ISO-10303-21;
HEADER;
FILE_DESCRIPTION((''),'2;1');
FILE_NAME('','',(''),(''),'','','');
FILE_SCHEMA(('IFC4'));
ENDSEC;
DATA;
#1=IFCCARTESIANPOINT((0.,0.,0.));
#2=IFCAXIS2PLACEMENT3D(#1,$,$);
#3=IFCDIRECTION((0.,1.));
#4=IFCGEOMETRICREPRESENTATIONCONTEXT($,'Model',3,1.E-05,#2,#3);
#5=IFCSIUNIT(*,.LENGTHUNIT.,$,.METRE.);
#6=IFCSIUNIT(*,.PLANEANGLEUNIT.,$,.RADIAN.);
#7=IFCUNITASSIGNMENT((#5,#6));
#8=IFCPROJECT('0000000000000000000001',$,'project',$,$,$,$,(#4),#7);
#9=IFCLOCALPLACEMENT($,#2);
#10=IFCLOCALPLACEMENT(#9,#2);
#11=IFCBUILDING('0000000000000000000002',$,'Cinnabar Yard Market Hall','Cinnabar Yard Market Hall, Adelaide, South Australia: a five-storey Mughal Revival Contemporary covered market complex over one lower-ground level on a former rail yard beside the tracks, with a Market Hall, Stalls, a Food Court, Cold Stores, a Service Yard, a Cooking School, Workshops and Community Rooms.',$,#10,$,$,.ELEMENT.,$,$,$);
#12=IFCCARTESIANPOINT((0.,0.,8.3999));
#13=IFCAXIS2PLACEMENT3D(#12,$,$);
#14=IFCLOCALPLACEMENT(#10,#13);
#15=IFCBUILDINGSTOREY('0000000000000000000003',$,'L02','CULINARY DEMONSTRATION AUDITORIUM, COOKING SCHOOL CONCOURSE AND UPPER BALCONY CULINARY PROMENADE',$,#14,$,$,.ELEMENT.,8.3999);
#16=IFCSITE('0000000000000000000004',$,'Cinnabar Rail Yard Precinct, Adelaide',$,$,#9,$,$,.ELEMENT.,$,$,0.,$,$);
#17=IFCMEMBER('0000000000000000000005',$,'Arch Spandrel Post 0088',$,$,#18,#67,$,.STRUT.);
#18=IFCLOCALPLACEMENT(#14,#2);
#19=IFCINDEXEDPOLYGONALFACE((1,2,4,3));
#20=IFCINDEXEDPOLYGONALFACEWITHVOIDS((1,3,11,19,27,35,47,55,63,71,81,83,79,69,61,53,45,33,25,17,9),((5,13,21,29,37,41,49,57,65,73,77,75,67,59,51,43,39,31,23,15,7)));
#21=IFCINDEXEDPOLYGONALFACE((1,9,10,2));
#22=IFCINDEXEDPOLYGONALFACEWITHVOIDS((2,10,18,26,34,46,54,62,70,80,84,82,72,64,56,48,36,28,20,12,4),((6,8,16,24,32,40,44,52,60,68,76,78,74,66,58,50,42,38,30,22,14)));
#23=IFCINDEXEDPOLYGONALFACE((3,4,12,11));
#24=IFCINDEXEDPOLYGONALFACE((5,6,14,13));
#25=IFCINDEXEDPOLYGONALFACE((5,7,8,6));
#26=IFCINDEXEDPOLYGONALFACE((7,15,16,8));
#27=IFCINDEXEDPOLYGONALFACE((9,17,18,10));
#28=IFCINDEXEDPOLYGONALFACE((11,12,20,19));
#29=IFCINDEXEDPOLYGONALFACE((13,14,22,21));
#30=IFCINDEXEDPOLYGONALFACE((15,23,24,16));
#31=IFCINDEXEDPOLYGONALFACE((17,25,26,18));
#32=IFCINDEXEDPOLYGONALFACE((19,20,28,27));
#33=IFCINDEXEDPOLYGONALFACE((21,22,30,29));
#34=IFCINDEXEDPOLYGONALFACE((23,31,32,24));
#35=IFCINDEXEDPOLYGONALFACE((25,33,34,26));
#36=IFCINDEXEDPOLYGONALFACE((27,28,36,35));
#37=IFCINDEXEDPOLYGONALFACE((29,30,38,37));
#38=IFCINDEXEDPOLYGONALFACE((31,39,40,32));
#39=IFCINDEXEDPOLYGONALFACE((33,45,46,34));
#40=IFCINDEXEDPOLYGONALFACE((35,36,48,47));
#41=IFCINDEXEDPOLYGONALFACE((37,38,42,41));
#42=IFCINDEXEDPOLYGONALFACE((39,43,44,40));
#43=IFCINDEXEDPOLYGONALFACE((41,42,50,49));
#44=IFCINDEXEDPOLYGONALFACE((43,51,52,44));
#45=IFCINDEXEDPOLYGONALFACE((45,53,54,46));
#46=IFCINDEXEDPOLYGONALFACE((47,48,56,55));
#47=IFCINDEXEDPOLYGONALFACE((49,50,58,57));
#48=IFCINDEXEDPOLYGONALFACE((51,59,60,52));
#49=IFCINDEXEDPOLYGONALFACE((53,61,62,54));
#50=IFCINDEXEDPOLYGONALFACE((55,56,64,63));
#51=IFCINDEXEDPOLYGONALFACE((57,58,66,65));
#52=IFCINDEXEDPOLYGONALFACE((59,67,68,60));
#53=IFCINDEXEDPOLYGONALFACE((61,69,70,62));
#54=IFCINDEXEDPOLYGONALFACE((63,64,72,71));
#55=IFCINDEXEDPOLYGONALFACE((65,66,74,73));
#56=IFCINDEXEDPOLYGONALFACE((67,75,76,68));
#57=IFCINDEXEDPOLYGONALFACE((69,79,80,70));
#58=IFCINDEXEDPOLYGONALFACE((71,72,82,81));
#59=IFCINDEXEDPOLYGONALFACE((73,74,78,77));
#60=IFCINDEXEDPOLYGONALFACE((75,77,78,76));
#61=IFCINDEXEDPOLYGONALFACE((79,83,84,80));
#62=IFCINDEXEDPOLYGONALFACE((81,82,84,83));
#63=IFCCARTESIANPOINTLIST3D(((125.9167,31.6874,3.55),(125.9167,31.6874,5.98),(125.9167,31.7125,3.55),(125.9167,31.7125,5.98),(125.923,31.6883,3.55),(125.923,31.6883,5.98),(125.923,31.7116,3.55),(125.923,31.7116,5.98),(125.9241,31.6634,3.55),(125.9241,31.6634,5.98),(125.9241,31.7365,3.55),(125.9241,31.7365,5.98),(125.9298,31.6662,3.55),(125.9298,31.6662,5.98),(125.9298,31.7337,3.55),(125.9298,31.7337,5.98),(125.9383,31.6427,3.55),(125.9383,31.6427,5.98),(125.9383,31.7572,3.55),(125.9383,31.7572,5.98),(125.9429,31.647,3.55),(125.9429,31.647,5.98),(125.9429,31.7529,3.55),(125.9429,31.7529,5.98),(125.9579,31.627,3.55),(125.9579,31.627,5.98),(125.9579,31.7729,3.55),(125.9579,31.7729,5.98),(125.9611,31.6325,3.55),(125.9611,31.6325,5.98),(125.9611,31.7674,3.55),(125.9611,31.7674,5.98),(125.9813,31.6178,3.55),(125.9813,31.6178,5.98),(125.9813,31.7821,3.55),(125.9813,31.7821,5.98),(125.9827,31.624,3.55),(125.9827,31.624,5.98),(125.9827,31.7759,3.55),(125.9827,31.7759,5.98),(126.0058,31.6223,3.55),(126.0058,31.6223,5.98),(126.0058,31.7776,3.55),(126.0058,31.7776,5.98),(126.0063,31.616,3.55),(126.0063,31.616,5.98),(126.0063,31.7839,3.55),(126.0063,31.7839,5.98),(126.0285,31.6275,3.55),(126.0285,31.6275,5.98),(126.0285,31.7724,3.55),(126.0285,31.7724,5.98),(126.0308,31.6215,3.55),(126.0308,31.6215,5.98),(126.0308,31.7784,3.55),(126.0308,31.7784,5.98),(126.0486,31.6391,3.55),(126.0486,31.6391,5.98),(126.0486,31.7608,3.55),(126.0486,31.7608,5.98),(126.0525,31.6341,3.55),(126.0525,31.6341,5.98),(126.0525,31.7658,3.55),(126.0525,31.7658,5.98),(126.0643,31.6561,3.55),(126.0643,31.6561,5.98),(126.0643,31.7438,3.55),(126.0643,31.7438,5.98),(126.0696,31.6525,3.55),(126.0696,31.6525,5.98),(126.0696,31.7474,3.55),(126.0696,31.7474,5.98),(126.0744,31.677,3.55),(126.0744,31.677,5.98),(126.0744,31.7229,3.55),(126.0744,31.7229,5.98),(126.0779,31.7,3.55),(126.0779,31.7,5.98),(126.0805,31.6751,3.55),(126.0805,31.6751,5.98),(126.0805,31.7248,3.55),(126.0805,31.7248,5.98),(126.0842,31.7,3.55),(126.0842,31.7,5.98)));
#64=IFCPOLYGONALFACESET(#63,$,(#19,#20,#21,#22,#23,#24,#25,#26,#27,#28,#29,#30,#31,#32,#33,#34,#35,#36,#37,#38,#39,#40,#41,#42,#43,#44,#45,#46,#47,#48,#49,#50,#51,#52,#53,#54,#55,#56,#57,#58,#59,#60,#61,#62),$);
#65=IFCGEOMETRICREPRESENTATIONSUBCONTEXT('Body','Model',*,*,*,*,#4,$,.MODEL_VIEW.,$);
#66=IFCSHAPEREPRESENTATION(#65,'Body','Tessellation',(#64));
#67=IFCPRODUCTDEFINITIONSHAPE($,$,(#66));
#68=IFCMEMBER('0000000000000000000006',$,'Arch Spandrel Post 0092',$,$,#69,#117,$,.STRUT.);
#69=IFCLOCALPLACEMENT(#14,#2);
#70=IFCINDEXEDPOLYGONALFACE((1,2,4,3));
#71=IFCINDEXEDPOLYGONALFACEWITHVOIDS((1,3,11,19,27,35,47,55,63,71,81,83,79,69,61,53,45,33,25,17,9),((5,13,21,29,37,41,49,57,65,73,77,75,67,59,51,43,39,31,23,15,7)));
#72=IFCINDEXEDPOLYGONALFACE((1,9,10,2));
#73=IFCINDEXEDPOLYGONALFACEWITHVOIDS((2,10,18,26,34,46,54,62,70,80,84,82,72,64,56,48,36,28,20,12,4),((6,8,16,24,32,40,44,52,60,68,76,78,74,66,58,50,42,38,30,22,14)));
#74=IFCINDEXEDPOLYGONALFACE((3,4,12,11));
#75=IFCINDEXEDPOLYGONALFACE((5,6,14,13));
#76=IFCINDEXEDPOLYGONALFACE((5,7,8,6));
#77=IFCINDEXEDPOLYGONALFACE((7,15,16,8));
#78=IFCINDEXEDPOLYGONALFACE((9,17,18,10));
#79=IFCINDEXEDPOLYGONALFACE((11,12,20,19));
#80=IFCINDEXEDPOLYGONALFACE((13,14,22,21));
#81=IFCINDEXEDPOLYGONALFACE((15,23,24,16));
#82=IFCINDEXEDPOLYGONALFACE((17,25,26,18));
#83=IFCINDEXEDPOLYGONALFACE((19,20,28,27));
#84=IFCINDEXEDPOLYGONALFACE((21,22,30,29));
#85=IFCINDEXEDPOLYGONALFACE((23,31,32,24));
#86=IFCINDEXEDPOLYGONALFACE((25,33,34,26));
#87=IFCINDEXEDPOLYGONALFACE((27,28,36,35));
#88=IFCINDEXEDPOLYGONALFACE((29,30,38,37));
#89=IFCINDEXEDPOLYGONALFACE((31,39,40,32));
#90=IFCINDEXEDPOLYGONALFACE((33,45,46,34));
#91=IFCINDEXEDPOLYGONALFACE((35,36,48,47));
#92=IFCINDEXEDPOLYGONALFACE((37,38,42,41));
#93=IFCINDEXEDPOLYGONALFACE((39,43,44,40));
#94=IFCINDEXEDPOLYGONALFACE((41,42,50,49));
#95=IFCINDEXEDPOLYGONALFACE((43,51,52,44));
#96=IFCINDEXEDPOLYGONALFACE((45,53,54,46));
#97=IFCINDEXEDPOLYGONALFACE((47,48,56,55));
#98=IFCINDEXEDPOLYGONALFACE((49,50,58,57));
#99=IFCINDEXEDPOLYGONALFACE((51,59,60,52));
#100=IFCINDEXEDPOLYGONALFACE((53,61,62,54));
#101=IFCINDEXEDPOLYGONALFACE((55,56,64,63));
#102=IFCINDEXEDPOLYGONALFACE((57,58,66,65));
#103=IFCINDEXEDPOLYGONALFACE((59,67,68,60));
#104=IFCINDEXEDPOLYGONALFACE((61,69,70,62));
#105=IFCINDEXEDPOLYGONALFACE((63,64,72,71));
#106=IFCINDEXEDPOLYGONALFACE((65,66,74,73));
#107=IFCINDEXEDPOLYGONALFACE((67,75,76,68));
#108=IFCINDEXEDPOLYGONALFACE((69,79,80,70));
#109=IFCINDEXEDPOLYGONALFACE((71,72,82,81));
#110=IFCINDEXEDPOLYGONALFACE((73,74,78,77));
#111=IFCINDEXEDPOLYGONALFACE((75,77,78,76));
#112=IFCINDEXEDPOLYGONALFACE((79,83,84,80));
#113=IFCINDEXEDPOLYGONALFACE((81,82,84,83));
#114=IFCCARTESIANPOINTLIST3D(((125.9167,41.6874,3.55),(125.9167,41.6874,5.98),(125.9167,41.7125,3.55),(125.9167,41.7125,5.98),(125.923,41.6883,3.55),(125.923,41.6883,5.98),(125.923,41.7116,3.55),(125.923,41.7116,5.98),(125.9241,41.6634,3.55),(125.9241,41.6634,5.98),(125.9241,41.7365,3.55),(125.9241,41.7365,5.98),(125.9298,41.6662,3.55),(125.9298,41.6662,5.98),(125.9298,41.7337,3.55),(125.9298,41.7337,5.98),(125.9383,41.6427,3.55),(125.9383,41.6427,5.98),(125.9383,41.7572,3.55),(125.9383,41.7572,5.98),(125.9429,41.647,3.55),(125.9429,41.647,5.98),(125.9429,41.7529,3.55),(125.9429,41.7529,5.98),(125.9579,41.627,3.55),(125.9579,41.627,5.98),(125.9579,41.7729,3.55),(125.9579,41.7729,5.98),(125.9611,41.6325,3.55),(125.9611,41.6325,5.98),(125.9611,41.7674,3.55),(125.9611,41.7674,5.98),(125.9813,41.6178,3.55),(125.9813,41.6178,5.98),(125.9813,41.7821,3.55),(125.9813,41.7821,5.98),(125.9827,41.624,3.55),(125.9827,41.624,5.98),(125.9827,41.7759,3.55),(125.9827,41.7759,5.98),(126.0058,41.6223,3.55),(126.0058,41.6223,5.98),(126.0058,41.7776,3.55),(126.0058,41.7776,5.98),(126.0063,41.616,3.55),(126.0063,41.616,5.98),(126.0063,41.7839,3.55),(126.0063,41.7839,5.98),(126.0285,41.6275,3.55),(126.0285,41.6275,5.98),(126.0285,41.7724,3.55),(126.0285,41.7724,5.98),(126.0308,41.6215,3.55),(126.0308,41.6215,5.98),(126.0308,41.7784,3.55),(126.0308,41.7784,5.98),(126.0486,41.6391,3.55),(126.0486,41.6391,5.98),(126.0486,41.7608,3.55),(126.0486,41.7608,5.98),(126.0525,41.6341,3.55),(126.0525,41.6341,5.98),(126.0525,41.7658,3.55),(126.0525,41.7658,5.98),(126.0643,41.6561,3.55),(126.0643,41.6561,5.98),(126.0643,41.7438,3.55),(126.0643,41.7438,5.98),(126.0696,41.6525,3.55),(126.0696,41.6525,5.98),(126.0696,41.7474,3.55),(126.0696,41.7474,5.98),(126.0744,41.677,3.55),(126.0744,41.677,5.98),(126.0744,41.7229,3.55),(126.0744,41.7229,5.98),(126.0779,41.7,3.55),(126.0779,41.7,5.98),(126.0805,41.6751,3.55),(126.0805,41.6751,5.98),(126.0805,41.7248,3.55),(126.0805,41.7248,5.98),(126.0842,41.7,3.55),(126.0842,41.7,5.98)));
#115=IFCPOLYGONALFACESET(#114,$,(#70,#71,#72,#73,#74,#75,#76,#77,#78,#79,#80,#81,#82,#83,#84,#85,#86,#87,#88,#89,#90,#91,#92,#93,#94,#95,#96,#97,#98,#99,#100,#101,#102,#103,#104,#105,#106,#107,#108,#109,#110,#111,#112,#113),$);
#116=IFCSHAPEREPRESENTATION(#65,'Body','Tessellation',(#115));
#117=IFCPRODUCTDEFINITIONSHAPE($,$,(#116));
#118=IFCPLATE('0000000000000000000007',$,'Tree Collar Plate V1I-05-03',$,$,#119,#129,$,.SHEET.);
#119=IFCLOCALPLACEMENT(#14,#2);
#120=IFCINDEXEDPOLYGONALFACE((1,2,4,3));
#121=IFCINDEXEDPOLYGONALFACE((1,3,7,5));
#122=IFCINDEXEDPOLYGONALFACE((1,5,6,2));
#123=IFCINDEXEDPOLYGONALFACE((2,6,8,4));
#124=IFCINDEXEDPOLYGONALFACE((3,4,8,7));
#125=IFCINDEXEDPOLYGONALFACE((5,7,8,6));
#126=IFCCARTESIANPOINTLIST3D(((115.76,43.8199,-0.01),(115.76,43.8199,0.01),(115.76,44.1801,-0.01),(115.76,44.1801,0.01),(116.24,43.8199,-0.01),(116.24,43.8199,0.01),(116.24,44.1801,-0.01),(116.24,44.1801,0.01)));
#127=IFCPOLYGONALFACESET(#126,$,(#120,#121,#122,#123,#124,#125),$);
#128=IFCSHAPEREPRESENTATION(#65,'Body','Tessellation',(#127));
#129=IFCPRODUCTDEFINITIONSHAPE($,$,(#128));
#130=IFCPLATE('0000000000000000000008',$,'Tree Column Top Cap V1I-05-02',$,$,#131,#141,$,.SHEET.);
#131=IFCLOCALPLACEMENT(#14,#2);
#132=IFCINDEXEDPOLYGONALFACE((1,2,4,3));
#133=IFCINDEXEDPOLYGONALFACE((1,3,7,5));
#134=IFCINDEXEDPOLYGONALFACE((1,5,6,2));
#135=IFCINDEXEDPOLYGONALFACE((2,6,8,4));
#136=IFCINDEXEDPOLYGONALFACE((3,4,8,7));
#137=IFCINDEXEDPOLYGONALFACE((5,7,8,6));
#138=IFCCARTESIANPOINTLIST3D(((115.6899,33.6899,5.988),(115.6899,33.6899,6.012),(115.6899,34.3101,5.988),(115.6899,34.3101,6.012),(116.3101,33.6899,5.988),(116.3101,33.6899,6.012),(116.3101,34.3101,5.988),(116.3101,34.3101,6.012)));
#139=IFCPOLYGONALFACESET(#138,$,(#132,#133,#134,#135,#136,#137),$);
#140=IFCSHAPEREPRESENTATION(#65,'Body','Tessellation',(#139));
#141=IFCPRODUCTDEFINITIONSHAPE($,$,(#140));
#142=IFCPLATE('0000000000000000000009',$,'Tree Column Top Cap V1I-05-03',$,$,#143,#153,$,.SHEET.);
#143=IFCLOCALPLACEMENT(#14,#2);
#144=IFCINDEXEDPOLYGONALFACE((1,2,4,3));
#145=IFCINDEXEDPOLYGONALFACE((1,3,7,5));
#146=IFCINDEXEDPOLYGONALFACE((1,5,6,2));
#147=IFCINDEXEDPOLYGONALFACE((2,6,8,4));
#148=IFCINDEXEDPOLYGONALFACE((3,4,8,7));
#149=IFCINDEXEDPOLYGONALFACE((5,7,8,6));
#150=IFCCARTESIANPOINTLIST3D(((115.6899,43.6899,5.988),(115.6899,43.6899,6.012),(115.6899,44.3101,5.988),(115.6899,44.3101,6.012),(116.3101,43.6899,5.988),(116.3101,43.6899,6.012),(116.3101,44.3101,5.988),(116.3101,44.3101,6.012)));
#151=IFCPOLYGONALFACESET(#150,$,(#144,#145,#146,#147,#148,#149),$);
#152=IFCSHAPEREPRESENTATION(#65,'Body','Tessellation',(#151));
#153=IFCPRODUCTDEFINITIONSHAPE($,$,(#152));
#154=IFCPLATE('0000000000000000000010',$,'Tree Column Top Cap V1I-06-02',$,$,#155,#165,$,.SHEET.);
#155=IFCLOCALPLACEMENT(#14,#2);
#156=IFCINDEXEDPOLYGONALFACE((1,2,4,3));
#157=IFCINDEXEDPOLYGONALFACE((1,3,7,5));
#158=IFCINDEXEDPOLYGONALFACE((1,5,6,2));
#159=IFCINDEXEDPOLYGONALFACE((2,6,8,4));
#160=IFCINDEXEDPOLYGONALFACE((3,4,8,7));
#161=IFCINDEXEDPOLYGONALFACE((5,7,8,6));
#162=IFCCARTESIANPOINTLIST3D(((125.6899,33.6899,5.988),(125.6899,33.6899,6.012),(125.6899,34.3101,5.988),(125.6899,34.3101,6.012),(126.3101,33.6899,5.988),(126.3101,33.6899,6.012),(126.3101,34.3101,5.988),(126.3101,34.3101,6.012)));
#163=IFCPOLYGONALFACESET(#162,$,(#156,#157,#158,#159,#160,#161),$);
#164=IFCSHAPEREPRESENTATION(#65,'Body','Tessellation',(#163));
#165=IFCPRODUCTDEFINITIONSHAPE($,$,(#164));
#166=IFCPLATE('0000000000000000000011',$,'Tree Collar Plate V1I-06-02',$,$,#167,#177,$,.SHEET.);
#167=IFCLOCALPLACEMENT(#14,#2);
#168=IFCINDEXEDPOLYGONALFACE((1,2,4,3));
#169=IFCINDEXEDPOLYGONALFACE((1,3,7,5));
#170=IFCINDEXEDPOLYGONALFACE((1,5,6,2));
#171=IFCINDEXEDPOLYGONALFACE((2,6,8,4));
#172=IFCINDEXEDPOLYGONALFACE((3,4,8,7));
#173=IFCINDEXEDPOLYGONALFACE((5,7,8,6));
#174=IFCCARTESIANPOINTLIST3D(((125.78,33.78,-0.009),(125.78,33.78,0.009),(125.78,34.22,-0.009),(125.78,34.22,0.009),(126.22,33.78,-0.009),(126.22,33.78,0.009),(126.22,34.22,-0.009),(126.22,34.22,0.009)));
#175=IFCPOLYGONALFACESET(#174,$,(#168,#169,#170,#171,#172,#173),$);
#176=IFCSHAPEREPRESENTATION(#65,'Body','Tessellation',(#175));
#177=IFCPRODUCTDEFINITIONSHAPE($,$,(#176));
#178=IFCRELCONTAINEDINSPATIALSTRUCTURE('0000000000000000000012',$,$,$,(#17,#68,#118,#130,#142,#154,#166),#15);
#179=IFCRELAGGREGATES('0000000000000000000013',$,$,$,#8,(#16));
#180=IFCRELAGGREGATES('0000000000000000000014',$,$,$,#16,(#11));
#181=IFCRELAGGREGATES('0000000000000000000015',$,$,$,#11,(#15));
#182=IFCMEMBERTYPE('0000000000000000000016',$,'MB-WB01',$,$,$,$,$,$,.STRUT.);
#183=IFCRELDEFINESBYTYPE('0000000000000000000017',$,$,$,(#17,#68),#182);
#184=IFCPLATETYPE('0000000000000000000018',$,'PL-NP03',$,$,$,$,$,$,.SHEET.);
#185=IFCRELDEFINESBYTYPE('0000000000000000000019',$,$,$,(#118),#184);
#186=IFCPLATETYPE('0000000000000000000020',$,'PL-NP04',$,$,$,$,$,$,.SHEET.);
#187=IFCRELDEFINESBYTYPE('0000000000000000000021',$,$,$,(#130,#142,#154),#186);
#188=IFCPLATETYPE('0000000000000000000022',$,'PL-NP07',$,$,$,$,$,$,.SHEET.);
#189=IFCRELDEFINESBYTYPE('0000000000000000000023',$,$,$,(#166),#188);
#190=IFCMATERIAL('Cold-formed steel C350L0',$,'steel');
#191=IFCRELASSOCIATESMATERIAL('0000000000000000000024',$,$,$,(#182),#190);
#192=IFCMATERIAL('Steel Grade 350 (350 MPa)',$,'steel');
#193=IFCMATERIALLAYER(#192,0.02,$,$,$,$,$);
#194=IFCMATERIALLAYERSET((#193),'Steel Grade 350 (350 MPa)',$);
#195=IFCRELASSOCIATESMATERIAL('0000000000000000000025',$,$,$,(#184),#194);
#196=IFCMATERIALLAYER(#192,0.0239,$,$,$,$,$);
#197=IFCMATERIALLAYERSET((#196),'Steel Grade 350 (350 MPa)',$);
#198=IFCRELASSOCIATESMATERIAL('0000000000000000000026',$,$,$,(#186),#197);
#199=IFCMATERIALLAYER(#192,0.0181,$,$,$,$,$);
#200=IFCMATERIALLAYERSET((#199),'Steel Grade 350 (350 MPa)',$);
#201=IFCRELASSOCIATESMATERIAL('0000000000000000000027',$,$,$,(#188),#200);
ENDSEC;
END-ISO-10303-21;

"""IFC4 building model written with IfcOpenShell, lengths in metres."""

from ifc_helpers import new_model, si_unit, direction, frame, origin, origin_2d_with_axis, place, context, subcontext, project, spatial, rectangle, hollow_circle, extrude, material, layer, layer_set, material_profile, profile_set, type_object, element, save


model = new_model("IFC4")

# Units and contexts
model_context = context("Model", 3, precision=1e-05, world=origin(), true_north=direction((0.0, 1.0)))
body_context = subcontext(model_context, "Body", "Model", "MODEL_VIEW")
ifc_project = project(units=[si_unit("LENGTHUNIT", "METRE"), si_unit("PLANEANGLEUNIT", "RADIAN")], contexts=[model_context])

# Site, building, storey
site_placement = place(None, origin())
site = spatial("IfcSite", under=ifc_project, at=site_placement, Name="Cinnabar Rail Yard Precinct, Adelaide", CompositionType="ELEMENT", RefElevation=0.0)
building_placement = place(site_placement, origin())
building = spatial("IfcBuilding", under=site, at=building_placement, Name="Cinnabar Yard Market Hall", Description="Cinnabar Yard Market Hall, Adelaide, South Australia: a five-storey Mughal Revival Contemporary covered market complex over one lower-ground level on a former rail yard beside the tracks, with a Market Hall, Stalls, a Food Court, Cold Stores, a Service Yard, a Cooking School, Workshops and Community Rooms.", CompositionType="ELEMENT")
storey_placement = place(building_placement, frame((0.0, 0.0, 8.3999)))
storey = spatial("IfcBuildingStorey", under=building, at=storey_placement, Name="L02", Description="CULINARY DEMONSTRATION AUDITORIUM, COOKING SCHOOL CONCOURSE AND UPPER BALCONY CULINARY PROMENADE", CompositionType="ELEMENT", Elevation=8.3999)

# Members
ifc_material_1 = material(Name="Cold-formed steel C350L0", Category="steel")
ifc_material_profile_1 = material_profile(ifc_material_1, hollow_circle(Radius=0.0842, WallThickness=0.0063, at=origin_2d_with_axis()), Name="168.3x6.4CHS")
ifc_profile_set_1 = profile_set([ifc_material_profile_1], Name="Cold-formed steel C350L0")
member_type_1 = type_object("IfcMemberType", Name="MB-WB01", PredefinedType="STRUT", material=ifc_profile_set_1)
for number, where, z_axis, x_axis, name in (
    (1, (126.0, 31.7, 3.55), (0.0, 0.0, 1.0), (1.0, 0.0, 0.0), "Arch Spandrel Post 0088"),
    (2, (126.0, 41.7, 3.55), (0.0, 0.0, 1.0), (1.0, 0.0, 0.0), "Arch Spandrel Post 0092"),
):
    element("IfcMember", number, at=place(storey_placement, frame(where, z_axis=z_axis, x_axis=x_axis)), inside=storey, type_object=member_type_1, Name=name, PredefinedType="STRUT", context=body_context, shape_type="SweptSolid", body=[
        extrude(hollow_circle(Radius=0.0842, WallThickness=0.0063, at=origin_2d_with_axis()), origin(), (0.0, 0.0, 1.0), 2.4299),
    ])

# Plates
ifc_material_2 = material(Name="Steel Grade 350 (350 MPa)", Category="steel")
ifc_layer_1 = layer(ifc_material_2, 0.02)
ifc_layer_set_1 = layer_set([ifc_layer_1], Name="Steel Grade 350 (350 MPa)")
plate_type_1 = type_object("IfcPlateType", Name="PL-NP03", PredefinedType="SHEET", material=ifc_layer_set_1)
plate_1_placement = place(storey_placement, frame((116.0, 44.0, -0.01), z_axis=(0.0, 0.0, 1.0), x_axis=(1.0, 0.0, 0.0)))
element("IfcPlate", 3, at=plate_1_placement, inside=storey, type_object=plate_type_1, Name="Tree Collar Plate V1I-05-03", PredefinedType="SHEET", context=body_context, shape_type="SweptSolid", body=[
    extrude(rectangle(XDim=0.48, YDim=0.3601, at=origin_2d_with_axis()), origin(), (0.0, 0.0, 1.0), 0.02),
])
ifc_layer_2 = layer(ifc_material_2, 0.0239)
ifc_layer_set_2 = layer_set([ifc_layer_2], Name="Steel Grade 350 (350 MPa)")
plate_type_2 = type_object("IfcPlateType", Name="PL-NP04", PredefinedType="SHEET", material=ifc_layer_set_2)
for number, where, z_axis, x_axis, name in (
    (4, (116.0, 34.0, 5.988), (0.0, 0.0, 1.0), (1.0, 0.0, 0.0), "Tree Column Top Cap V1I-05-02"),
    (5, (116.0, 44.0, 5.988), (0.0, 0.0, 1.0), (1.0, 0.0, 0.0), "Tree Column Top Cap V1I-05-03"),
    (6, (126.0, 34.0, 5.988), (0.0, 0.0, 1.0), (1.0, 0.0, 0.0), "Tree Column Top Cap V1I-06-02"),
):
    element("IfcPlate", number, at=place(storey_placement, frame(where, z_axis=z_axis, x_axis=x_axis)), inside=storey, type_object=plate_type_2, Name=name, PredefinedType="SHEET", context=body_context, shape_type="SweptSolid", body=[
        extrude(rectangle(XDim=0.6201, YDim=0.6201, at=origin_2d_with_axis()), origin(), (0.0, 0.0, 1.0), 0.0239),
    ])
ifc_layer_3 = layer(ifc_material_2, 0.0181)
ifc_layer_set_3 = layer_set([ifc_layer_3], Name="Steel Grade 350 (350 MPa)")
plate_type_3 = type_object("IfcPlateType", Name="PL-NP07", PredefinedType="SHEET", material=ifc_layer_set_3)
plate_2_placement = place(storey_placement, frame((126.0, 34.0, -0.009), z_axis=(0.0, 0.0, 1.0), x_axis=(1.0, 0.0, 0.0)))
element("IfcPlate", 7, at=plate_2_placement, inside=storey, type_object=plate_type_3, Name="Tree Collar Plate V1I-06-02", PredefinedType="SHEET", context=body_context, shape_type="SweptSolid", body=[
    extrude(rectangle(XDim=0.4399, YDim=0.4399, at=origin_2d_with_axis()), origin(), (0.0, 0.0, 1.0), 0.0181),
])

save(model, "model.ifc")
